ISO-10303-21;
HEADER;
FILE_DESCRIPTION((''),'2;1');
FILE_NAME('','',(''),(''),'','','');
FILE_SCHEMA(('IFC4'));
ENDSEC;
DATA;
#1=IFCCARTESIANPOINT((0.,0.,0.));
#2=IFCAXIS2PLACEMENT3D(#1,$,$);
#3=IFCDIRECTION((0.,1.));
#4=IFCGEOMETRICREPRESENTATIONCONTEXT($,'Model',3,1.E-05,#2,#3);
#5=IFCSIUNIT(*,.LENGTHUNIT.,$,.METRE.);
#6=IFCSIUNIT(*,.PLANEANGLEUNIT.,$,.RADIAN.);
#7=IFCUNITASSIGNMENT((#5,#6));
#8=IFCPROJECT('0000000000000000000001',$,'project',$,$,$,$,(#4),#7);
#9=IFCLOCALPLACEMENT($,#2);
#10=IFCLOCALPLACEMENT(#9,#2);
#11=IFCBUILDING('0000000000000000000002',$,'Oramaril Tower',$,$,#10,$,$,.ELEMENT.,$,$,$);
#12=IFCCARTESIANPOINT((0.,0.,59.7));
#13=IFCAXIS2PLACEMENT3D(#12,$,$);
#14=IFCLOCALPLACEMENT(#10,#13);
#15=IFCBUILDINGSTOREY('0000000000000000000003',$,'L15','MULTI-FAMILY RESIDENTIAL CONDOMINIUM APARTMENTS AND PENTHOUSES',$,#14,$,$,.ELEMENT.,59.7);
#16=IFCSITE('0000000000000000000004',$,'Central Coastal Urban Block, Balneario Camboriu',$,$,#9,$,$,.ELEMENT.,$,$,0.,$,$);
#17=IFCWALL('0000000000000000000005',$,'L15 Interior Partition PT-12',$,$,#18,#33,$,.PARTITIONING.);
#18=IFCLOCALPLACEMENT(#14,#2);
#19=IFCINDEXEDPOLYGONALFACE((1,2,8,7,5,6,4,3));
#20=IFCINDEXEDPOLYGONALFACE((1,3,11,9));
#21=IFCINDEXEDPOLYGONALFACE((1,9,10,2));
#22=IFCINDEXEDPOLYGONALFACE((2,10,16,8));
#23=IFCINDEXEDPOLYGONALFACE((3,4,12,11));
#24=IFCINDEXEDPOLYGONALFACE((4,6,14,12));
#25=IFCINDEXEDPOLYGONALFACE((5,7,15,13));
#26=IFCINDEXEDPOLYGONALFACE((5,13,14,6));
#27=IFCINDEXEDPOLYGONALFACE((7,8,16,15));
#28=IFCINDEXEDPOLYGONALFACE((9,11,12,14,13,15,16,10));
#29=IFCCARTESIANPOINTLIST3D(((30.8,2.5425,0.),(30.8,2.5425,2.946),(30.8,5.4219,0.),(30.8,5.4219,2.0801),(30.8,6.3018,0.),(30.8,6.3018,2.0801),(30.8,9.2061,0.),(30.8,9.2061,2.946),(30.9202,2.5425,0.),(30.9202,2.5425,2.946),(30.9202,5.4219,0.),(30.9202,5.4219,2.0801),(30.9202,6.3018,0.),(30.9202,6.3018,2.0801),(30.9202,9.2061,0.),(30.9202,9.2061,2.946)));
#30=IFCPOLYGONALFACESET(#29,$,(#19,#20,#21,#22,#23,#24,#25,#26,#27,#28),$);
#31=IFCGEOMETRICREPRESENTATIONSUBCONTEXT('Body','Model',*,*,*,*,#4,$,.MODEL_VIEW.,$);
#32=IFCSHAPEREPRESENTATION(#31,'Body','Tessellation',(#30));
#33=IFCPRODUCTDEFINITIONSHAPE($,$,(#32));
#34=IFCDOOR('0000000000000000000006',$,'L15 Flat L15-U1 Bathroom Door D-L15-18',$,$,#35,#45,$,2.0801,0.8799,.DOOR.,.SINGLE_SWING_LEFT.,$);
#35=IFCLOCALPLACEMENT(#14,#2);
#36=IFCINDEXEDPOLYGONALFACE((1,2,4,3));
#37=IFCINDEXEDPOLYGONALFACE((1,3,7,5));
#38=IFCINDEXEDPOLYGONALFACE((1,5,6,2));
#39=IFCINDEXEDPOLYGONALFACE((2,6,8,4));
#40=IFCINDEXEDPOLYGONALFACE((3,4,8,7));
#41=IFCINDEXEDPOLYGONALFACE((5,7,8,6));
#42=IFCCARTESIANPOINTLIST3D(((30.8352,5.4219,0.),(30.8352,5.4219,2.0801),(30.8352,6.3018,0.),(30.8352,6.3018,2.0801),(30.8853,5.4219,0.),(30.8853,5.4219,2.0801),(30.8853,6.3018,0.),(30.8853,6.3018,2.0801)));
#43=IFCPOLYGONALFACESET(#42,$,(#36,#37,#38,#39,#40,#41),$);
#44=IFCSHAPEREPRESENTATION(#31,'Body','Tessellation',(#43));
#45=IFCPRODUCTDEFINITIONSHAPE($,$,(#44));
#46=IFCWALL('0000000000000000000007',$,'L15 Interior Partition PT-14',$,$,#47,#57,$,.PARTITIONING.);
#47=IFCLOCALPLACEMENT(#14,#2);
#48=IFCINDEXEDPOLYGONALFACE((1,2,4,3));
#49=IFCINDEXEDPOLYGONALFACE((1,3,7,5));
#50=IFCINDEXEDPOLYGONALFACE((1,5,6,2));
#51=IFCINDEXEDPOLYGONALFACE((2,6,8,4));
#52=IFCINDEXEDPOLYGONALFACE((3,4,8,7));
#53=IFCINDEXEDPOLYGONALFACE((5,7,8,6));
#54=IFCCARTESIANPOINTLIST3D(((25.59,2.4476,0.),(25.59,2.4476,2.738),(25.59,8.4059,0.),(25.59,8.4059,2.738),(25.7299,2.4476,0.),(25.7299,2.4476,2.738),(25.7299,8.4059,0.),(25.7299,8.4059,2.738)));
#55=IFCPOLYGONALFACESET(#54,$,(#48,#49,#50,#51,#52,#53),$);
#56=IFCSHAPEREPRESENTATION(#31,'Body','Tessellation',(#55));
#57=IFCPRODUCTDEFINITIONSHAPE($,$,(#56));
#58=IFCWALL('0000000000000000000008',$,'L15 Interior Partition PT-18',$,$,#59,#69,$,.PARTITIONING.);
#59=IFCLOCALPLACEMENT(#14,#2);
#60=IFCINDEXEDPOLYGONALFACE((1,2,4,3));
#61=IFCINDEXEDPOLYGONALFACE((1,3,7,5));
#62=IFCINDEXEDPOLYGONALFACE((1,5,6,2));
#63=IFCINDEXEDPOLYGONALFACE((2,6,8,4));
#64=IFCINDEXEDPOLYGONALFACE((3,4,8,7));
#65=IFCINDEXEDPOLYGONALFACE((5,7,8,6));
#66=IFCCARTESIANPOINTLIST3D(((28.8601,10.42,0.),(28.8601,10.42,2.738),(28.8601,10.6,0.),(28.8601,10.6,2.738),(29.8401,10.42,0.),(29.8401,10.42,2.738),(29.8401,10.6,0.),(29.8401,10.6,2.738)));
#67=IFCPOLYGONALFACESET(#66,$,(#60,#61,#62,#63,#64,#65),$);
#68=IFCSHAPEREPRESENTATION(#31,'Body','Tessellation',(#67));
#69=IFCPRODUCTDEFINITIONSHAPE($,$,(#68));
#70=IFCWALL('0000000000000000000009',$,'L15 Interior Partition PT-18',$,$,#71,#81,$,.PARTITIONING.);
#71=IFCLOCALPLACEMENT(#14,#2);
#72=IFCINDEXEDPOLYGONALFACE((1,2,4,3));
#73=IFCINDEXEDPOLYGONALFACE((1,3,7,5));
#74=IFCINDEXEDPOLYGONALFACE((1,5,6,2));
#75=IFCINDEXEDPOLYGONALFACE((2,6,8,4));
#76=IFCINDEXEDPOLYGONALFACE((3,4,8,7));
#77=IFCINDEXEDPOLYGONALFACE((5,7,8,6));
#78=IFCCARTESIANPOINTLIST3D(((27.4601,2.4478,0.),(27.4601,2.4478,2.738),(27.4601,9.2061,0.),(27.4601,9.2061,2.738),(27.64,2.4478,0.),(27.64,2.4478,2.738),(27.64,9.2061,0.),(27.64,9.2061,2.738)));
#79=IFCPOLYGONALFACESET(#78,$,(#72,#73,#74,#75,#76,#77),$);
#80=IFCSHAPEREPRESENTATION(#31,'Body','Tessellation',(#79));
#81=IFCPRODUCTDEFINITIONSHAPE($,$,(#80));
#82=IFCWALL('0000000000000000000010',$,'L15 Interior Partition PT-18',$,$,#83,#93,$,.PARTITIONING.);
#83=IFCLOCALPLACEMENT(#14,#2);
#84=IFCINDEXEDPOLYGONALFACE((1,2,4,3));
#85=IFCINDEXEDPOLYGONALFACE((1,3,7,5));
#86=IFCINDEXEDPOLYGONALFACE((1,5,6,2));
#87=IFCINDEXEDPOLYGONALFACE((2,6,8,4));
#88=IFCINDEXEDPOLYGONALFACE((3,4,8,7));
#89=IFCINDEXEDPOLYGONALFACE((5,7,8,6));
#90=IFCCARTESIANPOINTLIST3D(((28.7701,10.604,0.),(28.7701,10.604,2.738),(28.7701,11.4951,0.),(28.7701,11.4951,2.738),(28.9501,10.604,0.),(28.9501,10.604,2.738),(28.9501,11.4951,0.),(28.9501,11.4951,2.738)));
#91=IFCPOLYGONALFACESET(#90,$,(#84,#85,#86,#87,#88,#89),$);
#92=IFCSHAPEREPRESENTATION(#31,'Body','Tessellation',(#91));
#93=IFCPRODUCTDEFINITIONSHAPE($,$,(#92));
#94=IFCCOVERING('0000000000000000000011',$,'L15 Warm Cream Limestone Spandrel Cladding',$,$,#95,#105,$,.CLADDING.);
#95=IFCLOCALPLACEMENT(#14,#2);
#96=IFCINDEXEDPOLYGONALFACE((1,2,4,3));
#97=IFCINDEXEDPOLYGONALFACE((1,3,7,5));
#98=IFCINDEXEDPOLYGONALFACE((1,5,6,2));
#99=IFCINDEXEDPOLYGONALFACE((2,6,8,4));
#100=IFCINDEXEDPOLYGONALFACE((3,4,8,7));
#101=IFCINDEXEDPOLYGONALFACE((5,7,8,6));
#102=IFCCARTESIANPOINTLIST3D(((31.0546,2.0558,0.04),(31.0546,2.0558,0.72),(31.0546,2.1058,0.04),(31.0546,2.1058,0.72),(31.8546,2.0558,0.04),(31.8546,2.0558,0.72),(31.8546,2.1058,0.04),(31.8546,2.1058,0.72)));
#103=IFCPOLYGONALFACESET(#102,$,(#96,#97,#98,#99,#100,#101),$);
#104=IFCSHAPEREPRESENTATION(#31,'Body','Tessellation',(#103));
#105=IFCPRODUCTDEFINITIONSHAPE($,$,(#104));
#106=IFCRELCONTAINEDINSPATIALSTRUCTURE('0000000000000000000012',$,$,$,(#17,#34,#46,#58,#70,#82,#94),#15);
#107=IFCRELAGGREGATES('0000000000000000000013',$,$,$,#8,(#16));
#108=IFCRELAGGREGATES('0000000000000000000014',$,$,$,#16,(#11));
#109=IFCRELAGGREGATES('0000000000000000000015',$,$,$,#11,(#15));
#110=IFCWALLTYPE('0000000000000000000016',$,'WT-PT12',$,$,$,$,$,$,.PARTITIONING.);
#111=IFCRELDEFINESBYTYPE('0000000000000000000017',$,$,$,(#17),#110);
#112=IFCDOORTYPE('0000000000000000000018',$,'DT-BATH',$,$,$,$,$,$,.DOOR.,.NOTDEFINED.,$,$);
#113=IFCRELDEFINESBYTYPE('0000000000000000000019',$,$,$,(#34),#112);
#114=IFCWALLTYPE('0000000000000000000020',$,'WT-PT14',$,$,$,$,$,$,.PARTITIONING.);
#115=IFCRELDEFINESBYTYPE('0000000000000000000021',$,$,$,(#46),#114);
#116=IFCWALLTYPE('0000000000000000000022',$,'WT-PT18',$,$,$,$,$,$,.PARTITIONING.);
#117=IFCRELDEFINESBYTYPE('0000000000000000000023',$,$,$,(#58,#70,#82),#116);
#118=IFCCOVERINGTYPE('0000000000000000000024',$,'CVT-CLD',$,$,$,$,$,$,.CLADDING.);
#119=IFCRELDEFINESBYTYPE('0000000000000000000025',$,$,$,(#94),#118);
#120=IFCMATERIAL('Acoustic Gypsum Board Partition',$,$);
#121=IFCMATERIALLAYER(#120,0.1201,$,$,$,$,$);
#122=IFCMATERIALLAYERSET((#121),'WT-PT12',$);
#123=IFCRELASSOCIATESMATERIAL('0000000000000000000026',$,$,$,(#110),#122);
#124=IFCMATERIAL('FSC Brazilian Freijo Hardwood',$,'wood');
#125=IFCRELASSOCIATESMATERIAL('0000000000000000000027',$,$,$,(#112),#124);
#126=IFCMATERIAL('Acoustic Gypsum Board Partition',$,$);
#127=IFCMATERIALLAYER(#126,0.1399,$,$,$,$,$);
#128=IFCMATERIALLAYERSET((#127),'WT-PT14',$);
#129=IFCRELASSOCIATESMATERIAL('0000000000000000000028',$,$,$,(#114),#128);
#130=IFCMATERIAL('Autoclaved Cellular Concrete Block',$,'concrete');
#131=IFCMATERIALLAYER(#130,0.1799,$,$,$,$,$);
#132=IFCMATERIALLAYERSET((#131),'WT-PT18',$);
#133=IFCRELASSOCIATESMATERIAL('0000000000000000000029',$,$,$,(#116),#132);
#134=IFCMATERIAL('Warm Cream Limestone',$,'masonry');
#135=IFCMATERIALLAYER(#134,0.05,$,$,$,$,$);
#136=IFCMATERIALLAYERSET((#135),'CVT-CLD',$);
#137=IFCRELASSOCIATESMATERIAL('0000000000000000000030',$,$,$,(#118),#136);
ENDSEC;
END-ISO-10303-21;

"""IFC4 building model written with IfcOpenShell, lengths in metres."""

from ifc_helpers import new_model, si_unit, direction, frame, frame_2d, origin, origin_2d, place, context, subcontext, project, spatial, rectangle, extrude, material, layer, layer_set, type_object, element, fill, save


model = new_model("IFC4")

# Units and contexts
model_context = context("Model", 3, precision=1e-05, world=origin(), true_north=direction((0.0, 1.0)))
body_context = subcontext(model_context, "Body", "Model", "MODEL_VIEW")
ifc_project = project(units=[si_unit("LENGTHUNIT", "METRE"), si_unit("PLANEANGLEUNIT", "RADIAN")], contexts=[model_context])

# Site, building, storey
site_placement = place(None, origin())
site = spatial("IfcSite", under=ifc_project, at=site_placement, Name="Central Coastal Urban Block, Balneario Camboriu", CompositionType="ELEMENT", RefElevation=0.0)
building_placement = place(site_placement, origin())
building = spatial("IfcBuilding", under=site, at=building_placement, Name="Oramaril Tower", CompositionType="ELEMENT")
storey_placement = place(building_placement, frame((0.0, 0.0, 59.7)))
storey = spatial("IfcBuildingStorey", under=building, at=storey_placement, Name="L15", Description="MULTI-FAMILY RESIDENTIAL CONDOMINIUM APARTMENTS AND PENTHOUSES", CompositionType="ELEMENT", Elevation=59.7)

# Wall, opening, door
ifc_material_1 = material(Name="Acoustic Gypsum Board Partition")
ifc_layer_1 = layer(ifc_material_1, 0.1201)
ifc_layer_set_1 = layer_set([ifc_layer_1], Name="WT-PT12")
wall_type_1 = type_object("IfcWallType", Name="WT-PT12", PredefinedType="PARTITIONING", material=ifc_layer_set_1)
wall_1_placement = place(storey_placement, frame((30.8601, 2.5425, 0.0), z_axis=(0.0, 0.0, 1.0), x_axis=(0.0, 1.0, 0.0)))
wall_1 = element("IfcWall", 1, at=wall_1_placement, inside=storey, type_object=wall_type_1, Name="L15 Interior Partition PT-12", PredefinedType="PARTITIONING", context=body_context, shape_type="SweptSolid", body=[
    extrude(rectangle(XDim=6.6636, YDim=0.1201, at=frame_2d((3.3318, 0.0))), origin(), (0.0, 0.0, 1.0), 2.946),
])
opening_placement = place(wall_1_placement, frame((2.8794, 0.0, 0.0)))
opening = element("IfcOpeningElement", 2, at=opening_placement, cuts=wall_1, PredefinedType="OPENING", context=body_context, shape_type="SweptSolid", body=[
    extrude(rectangle(XDim=0.8799, YDim=2.0801, at=frame_2d((0.4399, 1.04))), frame((0.0, 0.0601, 0.0), z_axis=(0.0, -1.0, 0.0), x_axis=(1.0, 0.0, 0.0)), (0.0, 0.0, 1.0), 0.1201),
])
ifc_material_2 = material(Name="FSC Brazilian Freijo Hardwood", Category="wood")
door_type = type_object("IfcDoorType", Name="DT-BATH", OperationType="NOTDEFINED", PredefinedType="DOOR", material=ifc_material_2)
door_placement = place(opening_placement, origin())
door = element("IfcDoor", 3, at=door_placement, inside=storey, type_object=door_type, Name="L15 Flat L15-U1 Bathroom Door D-L15-18", OperationType="SINGLE_SWING_LEFT", OverallHeight=2.0801, OverallWidth=0.8799, PredefinedType="DOOR", context=body_context, shape_type="SweptSolid", body=[
    extrude(rectangle(XDim=0.8799, YDim=2.0801, at=frame_2d((0.4399, 1.04))), frame((0.0, 0.0249, 0.0), z_axis=(0.0, -1.0, 0.0), x_axis=(1.0, 0.0, 0.0)), (0.0, 0.0, 1.0), 0.05),
])
fill(opening, door)

# Walls
ifc_material_3 = material(Name="Acoustic Gypsum Board Partition")
ifc_layer_2 = layer(ifc_material_3, 0.1399)
ifc_layer_set_2 = layer_set([ifc_layer_2], Name="WT-PT14")
wall_type_2 = type_object("IfcWallType", Name="WT-PT14", PredefinedType="PARTITIONING", material=ifc_layer_set_2)
wall_2_placement = place(storey_placement, frame((25.6599, 2.4478, 0.0), z_axis=(0.0, 0.0, 1.0), x_axis=(0.0, 1.0, 0.0)))
element("IfcWall", 4, at=wall_2_placement, inside=storey, type_object=wall_type_2, Name="L15 Interior Partition PT-14", PredefinedType="PARTITIONING", context=body_context, shape_type="SweptSolid", body=[
    extrude(rectangle(XDim=5.9583, YDim=0.1399, at=frame_2d((2.979, 0.0))), origin(), (0.0, 0.0, 1.0), 2.738),
])
ifc_material_4 = material(Name="Autoclaved Cellular Concrete Block", Category="concrete")
ifc_layer_3 = layer(ifc_material_4, 0.1799)
ifc_layer_set_3 = layer_set([ifc_layer_3], Name="WT-PT18")
wall_type_3 = type_object("IfcWallType", Name="WT-PT18", PredefinedType="PARTITIONING", material=ifc_layer_set_3)
wall_3_placement = place(storey_placement, frame((28.8601, 10.51, 0.0), z_axis=(0.0, 0.0, 1.0), x_axis=(1.0, 0.0, 0.0)))
element("IfcWall", 5, at=wall_3_placement, inside=storey, type_object=wall_type_3, Name="L15 Interior Partition PT-18", PredefinedType="PARTITIONING", context=body_context, shape_type="SweptSolid", body=[
    extrude(rectangle(XDim=0.98, YDim=0.1799, at=frame_2d((0.49, 0.0))), origin(), (0.0, 0.0, 1.0), 2.738),
])
wall_4_placement = place(storey_placement, frame((27.55, 2.4478, 0.0), z_axis=(0.0, 0.0, 1.0), x_axis=(0.0, 1.0, 0.0)))
element("IfcWall", 6, at=wall_4_placement, inside=storey, type_object=wall_type_3, Name="L15 Interior Partition PT-18", PredefinedType="PARTITIONING", context=body_context, shape_type="SweptSolid", body=[
    extrude(rectangle(XDim=6.7583, YDim=0.1799, at=frame_2d((3.3792, 0.0))), origin(), (0.0, 0.0, 1.0), 2.738),
])
wall_5_placement = place(storey_placement, frame((28.8601, 10.604, 0.0), z_axis=(0.0, 0.0, 1.0), x_axis=(0.0, 1.0, 0.0)))
element("IfcWall", 7, at=wall_5_placement, inside=storey, type_object=wall_type_3, Name="L15 Interior Partition PT-18", PredefinedType="PARTITIONING", context=body_context, shape_type="SweptSolid", body=[
    extrude(rectangle(XDim=0.8911, YDim=0.1799, at=frame_2d((0.4456, 0.0))), origin(), (0.0, 0.0, 1.0), 2.738),
])

# Covering
ifc_material_5 = material(Name="Warm Cream Limestone", Category="masonry")
ifc_layer_4 = layer(ifc_material_5, 0.05)
ifc_layer_set_4 = layer_set([ifc_layer_4], Name="CVT-CLD")
covering_type = type_object("IfcCoveringType", Name="CVT-CLD", PredefinedType="CLADDING", material=ifc_layer_set_4)
covering_placement = place(storey_placement, frame((31.4546, 2.0808, 0.04), z_axis=(0.0, 0.0, 1.0), x_axis=(1.0, 0.0, 0.0)))
element("IfcCovering", 8, at=covering_placement, inside=storey, type_object=covering_type, Name="L15 Warm Cream Limestone Spandrel Cladding", PredefinedType="CLADDING", context=body_context, shape_type="SweptSolid", body=[
    extrude(rectangle(XDim=0.8, YDim=0.05, at=origin_2d()), origin(), (0.0, 0.0, 1.0), 0.6799),
])

save(model, "model.ifc")
